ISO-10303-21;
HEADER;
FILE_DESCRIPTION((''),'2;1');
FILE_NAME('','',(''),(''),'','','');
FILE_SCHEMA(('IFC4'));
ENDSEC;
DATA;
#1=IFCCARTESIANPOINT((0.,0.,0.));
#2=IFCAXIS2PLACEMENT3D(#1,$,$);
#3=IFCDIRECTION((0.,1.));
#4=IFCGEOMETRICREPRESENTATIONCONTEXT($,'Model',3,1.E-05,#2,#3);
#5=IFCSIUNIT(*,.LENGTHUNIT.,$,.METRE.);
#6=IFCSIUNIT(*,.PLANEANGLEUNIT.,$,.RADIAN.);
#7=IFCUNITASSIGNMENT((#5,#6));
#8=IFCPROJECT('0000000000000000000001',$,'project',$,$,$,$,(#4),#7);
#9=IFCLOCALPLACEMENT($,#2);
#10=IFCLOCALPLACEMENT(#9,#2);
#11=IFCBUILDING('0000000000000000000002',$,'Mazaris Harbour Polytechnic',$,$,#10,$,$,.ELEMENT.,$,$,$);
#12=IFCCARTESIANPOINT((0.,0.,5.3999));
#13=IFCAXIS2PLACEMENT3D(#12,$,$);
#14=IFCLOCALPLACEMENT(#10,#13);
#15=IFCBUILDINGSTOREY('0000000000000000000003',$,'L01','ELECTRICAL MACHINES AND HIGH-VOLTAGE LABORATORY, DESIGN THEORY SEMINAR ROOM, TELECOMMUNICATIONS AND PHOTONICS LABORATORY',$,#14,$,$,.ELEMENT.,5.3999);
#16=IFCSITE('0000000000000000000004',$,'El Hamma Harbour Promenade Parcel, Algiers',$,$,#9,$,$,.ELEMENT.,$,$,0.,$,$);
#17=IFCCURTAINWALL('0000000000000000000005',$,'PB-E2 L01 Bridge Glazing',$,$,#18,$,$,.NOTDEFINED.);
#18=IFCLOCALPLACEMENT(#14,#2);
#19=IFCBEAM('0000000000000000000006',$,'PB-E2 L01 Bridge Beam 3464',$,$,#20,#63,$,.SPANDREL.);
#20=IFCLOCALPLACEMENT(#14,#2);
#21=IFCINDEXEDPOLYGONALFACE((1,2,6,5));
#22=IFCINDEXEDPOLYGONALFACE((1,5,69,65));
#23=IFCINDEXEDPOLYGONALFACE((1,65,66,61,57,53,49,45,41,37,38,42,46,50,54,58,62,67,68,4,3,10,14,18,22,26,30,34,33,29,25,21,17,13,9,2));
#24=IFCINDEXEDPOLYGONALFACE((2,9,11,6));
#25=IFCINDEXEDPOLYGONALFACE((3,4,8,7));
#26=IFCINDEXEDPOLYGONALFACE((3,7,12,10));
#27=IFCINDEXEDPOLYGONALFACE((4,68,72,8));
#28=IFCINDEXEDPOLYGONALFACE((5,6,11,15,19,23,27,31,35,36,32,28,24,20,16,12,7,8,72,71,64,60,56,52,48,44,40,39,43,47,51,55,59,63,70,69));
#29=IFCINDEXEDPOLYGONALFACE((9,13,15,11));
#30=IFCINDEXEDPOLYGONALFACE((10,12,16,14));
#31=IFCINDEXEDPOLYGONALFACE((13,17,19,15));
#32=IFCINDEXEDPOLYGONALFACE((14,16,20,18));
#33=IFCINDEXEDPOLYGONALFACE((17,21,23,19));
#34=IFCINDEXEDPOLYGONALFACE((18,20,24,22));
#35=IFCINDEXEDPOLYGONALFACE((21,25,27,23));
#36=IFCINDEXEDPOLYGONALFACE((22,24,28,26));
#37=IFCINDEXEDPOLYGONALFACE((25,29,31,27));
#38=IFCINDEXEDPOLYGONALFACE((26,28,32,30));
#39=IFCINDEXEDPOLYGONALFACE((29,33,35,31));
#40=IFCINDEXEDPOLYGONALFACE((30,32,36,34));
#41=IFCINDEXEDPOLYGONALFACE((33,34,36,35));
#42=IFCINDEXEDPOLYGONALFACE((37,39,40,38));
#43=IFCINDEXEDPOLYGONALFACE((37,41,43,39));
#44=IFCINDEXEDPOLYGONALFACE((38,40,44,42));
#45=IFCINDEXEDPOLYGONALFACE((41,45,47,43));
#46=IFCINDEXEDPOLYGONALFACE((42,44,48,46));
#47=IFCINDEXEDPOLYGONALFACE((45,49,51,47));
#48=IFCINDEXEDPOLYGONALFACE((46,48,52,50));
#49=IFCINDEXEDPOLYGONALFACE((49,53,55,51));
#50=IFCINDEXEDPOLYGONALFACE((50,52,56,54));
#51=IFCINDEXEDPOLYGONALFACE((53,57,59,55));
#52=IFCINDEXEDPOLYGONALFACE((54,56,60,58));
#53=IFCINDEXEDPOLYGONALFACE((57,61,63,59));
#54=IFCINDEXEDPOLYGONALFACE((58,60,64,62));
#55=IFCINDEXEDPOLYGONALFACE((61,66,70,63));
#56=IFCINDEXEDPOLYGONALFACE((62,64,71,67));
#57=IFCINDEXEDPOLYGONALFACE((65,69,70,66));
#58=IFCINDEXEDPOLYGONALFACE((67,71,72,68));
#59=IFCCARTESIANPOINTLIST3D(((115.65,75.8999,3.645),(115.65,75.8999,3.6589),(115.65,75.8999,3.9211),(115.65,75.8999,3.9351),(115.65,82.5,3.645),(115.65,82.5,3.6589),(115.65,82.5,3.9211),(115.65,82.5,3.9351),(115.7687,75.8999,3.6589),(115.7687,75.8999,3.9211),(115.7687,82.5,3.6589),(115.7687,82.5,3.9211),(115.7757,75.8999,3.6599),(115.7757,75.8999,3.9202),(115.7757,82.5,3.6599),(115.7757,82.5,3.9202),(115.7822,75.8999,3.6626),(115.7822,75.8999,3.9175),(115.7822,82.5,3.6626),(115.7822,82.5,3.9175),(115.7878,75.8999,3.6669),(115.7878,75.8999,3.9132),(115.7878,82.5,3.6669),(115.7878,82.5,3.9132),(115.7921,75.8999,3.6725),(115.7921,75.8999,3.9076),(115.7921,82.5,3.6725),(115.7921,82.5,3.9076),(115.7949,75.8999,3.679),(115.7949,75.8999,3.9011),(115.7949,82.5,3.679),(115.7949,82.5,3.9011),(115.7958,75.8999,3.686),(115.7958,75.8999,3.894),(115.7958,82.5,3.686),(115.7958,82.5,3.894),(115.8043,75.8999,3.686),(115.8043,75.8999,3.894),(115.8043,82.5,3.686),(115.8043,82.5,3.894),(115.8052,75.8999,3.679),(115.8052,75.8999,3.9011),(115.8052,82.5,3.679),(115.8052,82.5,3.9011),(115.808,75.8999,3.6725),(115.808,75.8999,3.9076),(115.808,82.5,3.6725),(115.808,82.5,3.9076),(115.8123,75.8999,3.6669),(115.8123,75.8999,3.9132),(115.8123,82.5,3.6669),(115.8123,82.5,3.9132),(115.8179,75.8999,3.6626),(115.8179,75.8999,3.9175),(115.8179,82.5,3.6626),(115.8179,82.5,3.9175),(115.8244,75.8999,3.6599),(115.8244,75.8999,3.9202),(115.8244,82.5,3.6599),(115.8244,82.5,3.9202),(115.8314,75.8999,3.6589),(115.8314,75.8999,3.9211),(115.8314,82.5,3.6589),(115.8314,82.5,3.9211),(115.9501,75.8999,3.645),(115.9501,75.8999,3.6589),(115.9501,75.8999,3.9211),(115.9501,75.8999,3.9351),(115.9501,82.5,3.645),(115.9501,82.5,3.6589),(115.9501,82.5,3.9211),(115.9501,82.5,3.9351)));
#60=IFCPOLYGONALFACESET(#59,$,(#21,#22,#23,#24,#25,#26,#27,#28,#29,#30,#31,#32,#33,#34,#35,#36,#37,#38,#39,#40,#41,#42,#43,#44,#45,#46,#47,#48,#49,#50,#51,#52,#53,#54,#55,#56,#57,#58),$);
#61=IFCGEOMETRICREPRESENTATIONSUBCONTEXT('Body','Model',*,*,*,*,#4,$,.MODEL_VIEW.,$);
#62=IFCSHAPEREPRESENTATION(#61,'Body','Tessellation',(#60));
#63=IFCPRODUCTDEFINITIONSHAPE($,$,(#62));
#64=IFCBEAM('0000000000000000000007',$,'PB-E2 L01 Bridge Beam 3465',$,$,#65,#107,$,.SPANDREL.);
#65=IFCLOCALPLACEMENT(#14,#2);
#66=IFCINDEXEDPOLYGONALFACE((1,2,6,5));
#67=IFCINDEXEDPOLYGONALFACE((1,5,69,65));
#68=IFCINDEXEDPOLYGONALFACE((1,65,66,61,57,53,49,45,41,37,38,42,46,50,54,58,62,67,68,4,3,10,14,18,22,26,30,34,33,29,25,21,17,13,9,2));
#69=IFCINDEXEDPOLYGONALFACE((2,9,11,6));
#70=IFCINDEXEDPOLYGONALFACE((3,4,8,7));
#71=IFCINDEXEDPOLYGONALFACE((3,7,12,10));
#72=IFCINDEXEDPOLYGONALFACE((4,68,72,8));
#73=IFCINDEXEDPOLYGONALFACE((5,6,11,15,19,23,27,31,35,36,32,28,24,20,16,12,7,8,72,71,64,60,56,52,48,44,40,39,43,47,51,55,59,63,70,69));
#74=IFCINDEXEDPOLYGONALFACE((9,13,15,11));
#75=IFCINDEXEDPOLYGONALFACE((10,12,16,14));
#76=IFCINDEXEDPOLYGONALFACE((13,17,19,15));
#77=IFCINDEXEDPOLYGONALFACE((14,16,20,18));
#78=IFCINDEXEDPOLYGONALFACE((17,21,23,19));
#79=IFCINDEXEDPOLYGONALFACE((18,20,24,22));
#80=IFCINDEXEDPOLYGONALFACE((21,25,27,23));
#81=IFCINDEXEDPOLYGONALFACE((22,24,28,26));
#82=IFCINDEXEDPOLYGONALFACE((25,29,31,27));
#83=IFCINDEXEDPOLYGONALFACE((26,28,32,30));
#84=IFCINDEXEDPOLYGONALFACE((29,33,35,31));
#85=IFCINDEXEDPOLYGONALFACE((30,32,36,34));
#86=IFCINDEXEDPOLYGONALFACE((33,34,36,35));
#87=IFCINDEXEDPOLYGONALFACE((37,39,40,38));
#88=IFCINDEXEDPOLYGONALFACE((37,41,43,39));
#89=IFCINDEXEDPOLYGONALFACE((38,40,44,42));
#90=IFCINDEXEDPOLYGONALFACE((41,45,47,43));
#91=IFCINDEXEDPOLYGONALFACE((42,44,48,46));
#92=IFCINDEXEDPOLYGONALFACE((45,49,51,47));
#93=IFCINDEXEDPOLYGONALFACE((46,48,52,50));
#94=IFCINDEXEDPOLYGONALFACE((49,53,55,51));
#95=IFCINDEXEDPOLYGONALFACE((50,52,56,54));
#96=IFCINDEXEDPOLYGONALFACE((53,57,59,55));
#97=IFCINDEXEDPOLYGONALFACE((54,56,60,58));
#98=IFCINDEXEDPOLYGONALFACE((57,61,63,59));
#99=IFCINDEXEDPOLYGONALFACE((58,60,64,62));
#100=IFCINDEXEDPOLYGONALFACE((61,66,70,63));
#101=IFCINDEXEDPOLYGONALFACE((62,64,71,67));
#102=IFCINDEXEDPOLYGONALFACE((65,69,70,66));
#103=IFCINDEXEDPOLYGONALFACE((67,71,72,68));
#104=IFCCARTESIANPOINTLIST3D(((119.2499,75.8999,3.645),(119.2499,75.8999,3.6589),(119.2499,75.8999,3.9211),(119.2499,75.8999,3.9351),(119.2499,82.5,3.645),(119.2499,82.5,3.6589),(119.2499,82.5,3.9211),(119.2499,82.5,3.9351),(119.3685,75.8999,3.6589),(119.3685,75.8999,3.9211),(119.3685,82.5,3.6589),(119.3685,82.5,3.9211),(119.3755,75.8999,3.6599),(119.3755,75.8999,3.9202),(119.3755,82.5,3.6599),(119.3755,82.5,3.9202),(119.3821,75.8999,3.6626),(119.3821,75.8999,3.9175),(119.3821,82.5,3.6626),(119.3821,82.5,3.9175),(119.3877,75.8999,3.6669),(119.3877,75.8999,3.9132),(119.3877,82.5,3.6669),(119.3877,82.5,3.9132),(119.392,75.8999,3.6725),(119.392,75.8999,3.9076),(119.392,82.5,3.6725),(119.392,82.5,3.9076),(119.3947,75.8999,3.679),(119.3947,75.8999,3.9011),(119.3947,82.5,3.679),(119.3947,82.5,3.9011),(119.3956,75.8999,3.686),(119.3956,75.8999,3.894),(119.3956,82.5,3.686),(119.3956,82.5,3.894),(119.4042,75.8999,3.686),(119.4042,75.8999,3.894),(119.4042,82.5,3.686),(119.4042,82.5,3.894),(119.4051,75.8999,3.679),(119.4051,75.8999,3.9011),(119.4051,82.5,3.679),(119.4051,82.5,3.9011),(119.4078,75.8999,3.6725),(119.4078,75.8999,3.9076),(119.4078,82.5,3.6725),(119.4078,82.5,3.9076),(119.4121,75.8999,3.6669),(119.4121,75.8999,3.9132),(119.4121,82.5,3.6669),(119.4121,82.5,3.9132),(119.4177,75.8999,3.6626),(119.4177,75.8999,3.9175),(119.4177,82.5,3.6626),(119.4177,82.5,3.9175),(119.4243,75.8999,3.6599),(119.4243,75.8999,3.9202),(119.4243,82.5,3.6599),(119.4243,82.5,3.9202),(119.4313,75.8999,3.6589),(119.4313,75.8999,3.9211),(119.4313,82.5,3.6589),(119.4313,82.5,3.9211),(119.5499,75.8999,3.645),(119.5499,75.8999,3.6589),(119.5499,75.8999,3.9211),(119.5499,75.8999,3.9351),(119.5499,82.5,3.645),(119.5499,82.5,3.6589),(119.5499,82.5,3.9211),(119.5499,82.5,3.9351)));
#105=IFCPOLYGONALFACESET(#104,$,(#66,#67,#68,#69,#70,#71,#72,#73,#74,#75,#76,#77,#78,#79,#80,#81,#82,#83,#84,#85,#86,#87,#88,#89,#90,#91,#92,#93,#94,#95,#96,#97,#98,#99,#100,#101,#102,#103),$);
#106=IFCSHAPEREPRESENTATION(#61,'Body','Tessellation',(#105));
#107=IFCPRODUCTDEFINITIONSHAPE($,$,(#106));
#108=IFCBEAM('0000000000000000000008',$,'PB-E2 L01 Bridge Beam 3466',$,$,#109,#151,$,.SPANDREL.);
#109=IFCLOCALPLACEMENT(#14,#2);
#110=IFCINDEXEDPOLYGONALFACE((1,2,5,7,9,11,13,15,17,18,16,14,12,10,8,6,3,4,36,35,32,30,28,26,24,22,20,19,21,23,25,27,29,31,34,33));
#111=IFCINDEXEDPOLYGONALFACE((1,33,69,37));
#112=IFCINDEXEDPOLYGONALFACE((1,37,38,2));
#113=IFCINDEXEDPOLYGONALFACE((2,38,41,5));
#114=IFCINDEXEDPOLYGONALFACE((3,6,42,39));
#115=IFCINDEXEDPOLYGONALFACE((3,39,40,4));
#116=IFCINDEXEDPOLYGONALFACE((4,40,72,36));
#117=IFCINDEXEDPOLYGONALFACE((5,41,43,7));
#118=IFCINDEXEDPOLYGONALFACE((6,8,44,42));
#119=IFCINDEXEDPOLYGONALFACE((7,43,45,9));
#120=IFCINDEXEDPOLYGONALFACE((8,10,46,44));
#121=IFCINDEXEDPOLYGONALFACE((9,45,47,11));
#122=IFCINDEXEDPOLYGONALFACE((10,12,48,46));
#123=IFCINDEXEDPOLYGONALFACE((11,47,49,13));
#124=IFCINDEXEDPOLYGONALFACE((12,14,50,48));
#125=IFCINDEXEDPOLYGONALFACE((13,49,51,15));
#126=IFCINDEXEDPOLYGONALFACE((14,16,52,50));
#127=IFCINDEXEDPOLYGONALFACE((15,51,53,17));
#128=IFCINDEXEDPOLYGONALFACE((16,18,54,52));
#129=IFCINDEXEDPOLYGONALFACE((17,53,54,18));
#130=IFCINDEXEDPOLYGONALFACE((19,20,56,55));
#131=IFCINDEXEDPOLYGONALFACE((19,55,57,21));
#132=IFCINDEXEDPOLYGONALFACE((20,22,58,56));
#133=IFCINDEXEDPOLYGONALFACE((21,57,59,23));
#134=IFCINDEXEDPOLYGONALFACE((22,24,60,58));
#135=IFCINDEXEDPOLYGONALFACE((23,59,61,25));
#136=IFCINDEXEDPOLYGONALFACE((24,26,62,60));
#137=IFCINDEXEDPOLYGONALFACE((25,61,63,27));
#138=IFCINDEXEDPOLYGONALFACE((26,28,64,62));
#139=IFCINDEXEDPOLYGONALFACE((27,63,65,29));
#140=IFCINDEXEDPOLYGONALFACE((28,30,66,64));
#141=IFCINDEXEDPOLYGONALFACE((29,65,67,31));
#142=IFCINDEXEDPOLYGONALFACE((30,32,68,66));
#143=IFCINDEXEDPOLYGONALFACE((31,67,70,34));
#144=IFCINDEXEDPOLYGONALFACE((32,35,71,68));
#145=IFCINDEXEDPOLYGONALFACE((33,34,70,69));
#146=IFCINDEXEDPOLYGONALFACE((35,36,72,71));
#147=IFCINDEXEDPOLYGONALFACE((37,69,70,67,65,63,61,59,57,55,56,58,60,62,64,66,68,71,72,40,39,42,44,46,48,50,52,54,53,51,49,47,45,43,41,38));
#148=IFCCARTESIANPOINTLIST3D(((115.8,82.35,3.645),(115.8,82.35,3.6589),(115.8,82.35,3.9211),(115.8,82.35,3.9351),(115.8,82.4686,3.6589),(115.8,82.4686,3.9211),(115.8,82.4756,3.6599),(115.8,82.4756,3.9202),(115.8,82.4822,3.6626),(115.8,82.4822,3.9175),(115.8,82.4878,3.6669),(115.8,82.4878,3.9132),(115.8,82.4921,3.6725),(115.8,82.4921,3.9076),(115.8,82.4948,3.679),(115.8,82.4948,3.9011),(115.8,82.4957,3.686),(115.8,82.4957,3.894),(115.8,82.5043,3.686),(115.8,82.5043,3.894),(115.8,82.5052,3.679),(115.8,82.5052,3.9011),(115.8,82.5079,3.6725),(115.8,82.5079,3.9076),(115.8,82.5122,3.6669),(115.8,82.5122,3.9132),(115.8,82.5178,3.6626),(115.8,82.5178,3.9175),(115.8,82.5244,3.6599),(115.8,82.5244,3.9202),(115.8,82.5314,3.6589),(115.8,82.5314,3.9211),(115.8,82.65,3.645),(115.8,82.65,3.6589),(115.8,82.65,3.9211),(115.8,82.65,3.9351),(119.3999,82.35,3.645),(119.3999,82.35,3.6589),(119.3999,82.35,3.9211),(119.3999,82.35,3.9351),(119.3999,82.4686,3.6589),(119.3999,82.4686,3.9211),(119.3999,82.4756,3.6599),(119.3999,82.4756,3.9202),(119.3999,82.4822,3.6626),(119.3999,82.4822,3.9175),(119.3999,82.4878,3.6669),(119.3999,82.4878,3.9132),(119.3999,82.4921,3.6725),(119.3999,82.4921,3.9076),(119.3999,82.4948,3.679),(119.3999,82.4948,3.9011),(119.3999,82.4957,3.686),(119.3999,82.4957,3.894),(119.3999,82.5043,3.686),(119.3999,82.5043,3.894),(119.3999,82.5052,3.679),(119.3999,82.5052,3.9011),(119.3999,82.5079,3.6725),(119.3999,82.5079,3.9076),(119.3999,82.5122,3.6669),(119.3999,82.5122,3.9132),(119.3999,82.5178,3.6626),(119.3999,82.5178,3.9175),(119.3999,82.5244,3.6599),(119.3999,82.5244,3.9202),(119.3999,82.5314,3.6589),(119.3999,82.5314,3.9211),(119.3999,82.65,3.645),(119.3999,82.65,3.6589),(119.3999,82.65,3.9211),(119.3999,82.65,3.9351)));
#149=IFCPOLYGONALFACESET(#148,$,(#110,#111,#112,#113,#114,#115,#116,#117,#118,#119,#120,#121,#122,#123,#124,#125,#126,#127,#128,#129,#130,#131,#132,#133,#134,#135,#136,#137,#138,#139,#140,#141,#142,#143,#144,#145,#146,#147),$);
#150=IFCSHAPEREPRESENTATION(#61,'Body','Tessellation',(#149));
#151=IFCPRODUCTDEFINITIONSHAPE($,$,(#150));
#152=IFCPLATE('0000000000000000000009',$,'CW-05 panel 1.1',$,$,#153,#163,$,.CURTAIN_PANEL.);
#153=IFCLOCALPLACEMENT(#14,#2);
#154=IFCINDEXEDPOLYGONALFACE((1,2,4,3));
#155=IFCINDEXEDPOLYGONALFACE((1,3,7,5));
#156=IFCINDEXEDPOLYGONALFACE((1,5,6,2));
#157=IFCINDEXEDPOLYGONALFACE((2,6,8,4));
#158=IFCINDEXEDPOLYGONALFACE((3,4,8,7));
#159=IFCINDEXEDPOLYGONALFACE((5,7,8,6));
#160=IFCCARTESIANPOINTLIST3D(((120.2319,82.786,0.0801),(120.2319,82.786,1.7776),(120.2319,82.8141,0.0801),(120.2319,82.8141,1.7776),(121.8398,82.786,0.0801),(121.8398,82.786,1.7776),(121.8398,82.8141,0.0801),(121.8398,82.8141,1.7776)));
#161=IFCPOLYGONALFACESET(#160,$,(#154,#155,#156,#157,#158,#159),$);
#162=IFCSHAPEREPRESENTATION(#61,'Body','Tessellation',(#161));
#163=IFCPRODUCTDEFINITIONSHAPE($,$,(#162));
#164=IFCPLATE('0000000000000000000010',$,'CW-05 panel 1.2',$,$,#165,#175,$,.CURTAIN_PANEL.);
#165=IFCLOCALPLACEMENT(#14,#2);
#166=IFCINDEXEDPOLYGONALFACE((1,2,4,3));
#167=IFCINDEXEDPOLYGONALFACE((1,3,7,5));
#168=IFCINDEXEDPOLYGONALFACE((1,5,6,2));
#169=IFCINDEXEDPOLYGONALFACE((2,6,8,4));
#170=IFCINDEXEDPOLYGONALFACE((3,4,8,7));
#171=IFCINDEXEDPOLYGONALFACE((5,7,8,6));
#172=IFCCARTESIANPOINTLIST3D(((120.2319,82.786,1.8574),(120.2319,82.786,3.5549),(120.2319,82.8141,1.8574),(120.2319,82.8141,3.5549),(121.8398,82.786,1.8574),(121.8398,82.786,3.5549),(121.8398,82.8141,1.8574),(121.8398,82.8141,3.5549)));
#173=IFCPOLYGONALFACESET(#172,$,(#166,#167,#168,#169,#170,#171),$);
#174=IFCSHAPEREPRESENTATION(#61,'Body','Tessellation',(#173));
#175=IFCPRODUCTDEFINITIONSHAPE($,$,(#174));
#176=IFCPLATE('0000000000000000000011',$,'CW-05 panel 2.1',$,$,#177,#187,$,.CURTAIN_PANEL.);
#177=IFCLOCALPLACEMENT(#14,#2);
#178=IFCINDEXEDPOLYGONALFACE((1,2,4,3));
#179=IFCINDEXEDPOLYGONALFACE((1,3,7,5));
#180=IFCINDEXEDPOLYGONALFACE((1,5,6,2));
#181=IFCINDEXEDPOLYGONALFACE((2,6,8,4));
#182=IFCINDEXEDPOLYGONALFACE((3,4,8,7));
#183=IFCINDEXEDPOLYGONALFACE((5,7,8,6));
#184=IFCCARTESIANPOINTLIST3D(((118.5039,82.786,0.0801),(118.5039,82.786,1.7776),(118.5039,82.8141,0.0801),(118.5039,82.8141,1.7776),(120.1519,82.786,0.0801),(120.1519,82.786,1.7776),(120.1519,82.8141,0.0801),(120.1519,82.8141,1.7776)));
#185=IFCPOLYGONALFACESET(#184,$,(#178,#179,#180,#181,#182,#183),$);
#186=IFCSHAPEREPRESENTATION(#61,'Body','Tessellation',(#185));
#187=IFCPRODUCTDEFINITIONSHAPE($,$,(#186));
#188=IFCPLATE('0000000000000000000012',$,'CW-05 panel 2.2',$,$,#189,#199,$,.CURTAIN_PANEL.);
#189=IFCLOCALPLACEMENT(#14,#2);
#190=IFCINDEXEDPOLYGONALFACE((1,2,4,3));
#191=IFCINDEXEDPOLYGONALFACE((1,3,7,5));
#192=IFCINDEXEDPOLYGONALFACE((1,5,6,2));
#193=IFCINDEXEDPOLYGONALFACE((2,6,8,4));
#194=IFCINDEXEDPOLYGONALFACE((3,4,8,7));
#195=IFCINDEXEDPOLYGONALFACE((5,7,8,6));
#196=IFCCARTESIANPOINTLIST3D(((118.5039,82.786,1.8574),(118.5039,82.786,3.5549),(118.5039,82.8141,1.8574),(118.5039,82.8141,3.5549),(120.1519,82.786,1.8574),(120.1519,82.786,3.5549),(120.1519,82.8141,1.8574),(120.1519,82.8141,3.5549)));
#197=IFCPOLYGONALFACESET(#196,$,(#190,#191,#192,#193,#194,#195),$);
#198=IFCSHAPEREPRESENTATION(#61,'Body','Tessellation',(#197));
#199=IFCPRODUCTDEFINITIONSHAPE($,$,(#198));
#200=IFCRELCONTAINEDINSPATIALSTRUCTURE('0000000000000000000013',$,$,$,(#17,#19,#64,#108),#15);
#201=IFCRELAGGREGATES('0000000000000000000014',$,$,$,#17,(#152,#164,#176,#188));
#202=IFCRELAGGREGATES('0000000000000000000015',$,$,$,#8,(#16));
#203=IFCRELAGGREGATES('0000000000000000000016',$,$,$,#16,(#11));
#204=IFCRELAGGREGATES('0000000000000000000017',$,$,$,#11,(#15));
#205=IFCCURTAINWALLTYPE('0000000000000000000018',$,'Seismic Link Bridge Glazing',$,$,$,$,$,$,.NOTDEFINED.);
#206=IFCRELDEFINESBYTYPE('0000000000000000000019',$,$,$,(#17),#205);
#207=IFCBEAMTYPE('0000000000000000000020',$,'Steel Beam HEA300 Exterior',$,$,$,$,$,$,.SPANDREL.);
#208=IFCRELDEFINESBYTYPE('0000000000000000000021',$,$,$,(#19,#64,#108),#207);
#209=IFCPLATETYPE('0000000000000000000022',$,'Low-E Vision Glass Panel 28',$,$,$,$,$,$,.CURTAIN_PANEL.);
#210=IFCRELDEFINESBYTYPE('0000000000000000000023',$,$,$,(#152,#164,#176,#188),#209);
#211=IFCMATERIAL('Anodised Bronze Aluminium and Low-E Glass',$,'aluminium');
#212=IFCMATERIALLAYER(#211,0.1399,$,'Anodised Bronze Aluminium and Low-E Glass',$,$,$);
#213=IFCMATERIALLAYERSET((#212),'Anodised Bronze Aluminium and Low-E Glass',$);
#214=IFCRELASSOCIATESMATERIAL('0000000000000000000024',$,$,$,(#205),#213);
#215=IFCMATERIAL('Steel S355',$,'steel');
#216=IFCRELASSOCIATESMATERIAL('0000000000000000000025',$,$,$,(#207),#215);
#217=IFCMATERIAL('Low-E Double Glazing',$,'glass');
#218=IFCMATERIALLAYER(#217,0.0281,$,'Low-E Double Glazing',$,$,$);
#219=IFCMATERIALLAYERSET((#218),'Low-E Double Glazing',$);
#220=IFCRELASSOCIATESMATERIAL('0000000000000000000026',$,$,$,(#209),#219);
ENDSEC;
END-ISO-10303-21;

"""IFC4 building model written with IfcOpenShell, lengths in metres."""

from ifc_helpers import new_model, si_unit, direction, frame, origin, origin_2d, place, context, subcontext, project, spatial, rectangle, i_section, extrude, material, layer, layer_set, material_profile, profile_set, type_object, element, aggregate, save


model = new_model("IFC4")

# Units and contexts
model_context = context("Model", 3, precision=1e-05, world=origin(), true_north=direction((0.0, 1.0)))
body_context = subcontext(model_context, "Body", "Model", "MODEL_VIEW")
ifc_project = project(units=[si_unit("LENGTHUNIT", "METRE"), si_unit("PLANEANGLEUNIT", "RADIAN")], contexts=[model_context])

# Site, building, storey
site_placement = place(None, origin())
site = spatial("IfcSite", under=ifc_project, at=site_placement, Name="El Hamma Harbour Promenade Parcel, Algiers", CompositionType="ELEMENT", RefElevation=0.0)
building_placement = place(site_placement, origin())
building = spatial("IfcBuilding", under=site, at=building_placement, Name="Mazaris Harbour Polytechnic", CompositionType="ELEMENT")
storey_placement = place(building_placement, frame((0.0, 0.0, 5.3999)))
storey = spatial("IfcBuildingStorey", under=building, at=storey_placement, Name="L01", Description="ELECTRICAL MACHINES AND HIGH-VOLTAGE LABORATORY, DESIGN THEORY SEMINAR ROOM, TELECOMMUNICATIONS AND PHOTONICS LABORATORY", CompositionType="ELEMENT", Elevation=5.3999)

# Curtain wall
ifc_material_1 = material(Name="Anodised Bronze Aluminium and Low-E Glass", Category="aluminium")
ifc_layer_1 = layer(ifc_material_1, 0.1399, Name="Anodised Bronze Aluminium and Low-E Glass")
ifc_layer_set_1 = layer_set([ifc_layer_1], Name="Anodised Bronze Aluminium and Low-E Glass")
curtain_wall_type = type_object("IfcCurtainWallType", Name="Seismic Link Bridge Glazing", PredefinedType="NOTDEFINED", material=ifc_layer_set_1)
curtain_wall_placement = place(storey_placement, origin())
curtain_wall = element("IfcCurtainWall", 1, at=curtain_wall_placement, inside=storey, type_object=curtain_wall_type, Name="PB-E2 L01 Bridge Glazing", PredefinedType="NOTDEFINED")

# Beams
ifc_material_2 = material(Name="Steel S355", Category="steel")
ifc_material_profile_1 = material_profile(ifc_material_2, i_section(OverallWidth=0.3, OverallDepth=0.29, WebThickness=0.0085, FlangeThickness=0.0139, FilletRadius=0.0271, at=origin_2d()), Name="HEA 300")
ifc_profile_set_1 = profile_set([ifc_material_profile_1], Name="Steel S355")
beam_type = type_object("IfcBeamType", Name="Steel Beam HEA300 Exterior", PredefinedType="SPANDREL", material=ifc_profile_set_1)
for number, where, z_axis, x_axis, name in (
    (2, (115.8, 75.8999, 3.79), (0.0, 1.0, 0.0), (-1.0, 0.0, 0.0), "PB-E2 L01 Bridge Beam 3464"),
    (3, (119.3999, 75.8999, 3.79), (0.0, 1.0, 0.0), (-1.0, 0.0, 0.0), "PB-E2 L01 Bridge Beam 3465"),
):
    element("IfcBeam", number, at=place(storey_placement, frame(where, z_axis=z_axis, x_axis=x_axis)), inside=storey, type_object=beam_type, Name=name, PredefinedType="SPANDREL", context=body_context, shape_type="SweptSolid", body=[
        extrude(i_section(OverallWidth=0.3, OverallDepth=0.29, WebThickness=0.0085, FlangeThickness=0.0139, FilletRadius=0.0271, at=origin_2d()), origin(), (0.0, 0.0, 1.0), 6.6001),
    ])
beam_1_placement = place(storey_placement, frame((115.8, 82.5, 3.79), z_axis=(1.0, 0.0, 0.0), x_axis=(0.0, 1.0, 0.0)))
element("IfcBeam", 4, at=beam_1_placement, inside=storey, type_object=beam_type, Name="PB-E2 L01 Bridge Beam 3466", PredefinedType="SPANDREL", context=body_context, shape_type="SweptSolid", body=[
    extrude(i_section(OverallWidth=0.3, OverallDepth=0.29, WebThickness=0.0085, FlangeThickness=0.0139, FilletRadius=0.0271, at=origin_2d()), origin(), (0.0, 0.0, 1.0), 3.5999),
])

# Plates
ifc_material_3 = material(Name="Low-E Double Glazing", Category="glass")
ifc_layer_2 = layer(ifc_material_3, 0.0281, Name="Low-E Double Glazing")
ifc_layer_set_2 = layer_set([ifc_layer_2], Name="Low-E Double Glazing")
plate_type = type_object("IfcPlateType", Name="Low-E Vision Glass Panel 28", PredefinedType="CURTAIN_PANEL", material=ifc_layer_set_2)
plate_1_placement = place(storey_placement, frame((121.0359, 82.8, 0.0801), z_axis=(0.0, 0.0, 1.0), x_axis=(-1.0, 0.0, 0.0)))
plate_1 = element("IfcPlate", 5, at=plate_1_placement, type_object=plate_type, Name="CW-05 panel 1.1", PredefinedType="CURTAIN_PANEL", context=body_context, shape_type="SweptSolid", body=[
    extrude(rectangle(XDim=1.6079, YDim=0.0281, at=origin_2d()), origin(), (0.0, 0.0, 1.0), 1.6975),
])
plate_2_placement = place(storey_placement, frame((121.0359, 82.8, 1.8574), z_axis=(0.0, 0.0, 1.0), x_axis=(-1.0, 0.0, 0.0)))
plate_2 = element("IfcPlate", 6, at=plate_2_placement, type_object=plate_type, Name="CW-05 panel 1.2", PredefinedType="CURTAIN_PANEL", context=body_context, shape_type="SweptSolid", body=[
    extrude(rectangle(XDim=1.6079, YDim=0.0281, at=origin_2d()), origin(), (0.0, 0.0, 1.0), 1.6975),
])
plate_3_placement = place(storey_placement, frame((119.3279, 82.8, 0.0801), z_axis=(0.0, 0.0, 1.0), x_axis=(-1.0, 0.0, 0.0)))
plate_3 = element("IfcPlate", 7, at=plate_3_placement, type_object=plate_type, Name="CW-05 panel 2.1", PredefinedType="CURTAIN_PANEL", context=body_context, shape_type="SweptSolid", body=[
    extrude(rectangle(XDim=1.6479, YDim=0.0281, at=origin_2d()), origin(), (0.0, 0.0, 1.0), 1.6975),
])
plate_4_placement = place(storey_placement, frame((119.3279, 82.8, 1.8574), z_axis=(0.0, 0.0, 1.0), x_axis=(-1.0, 0.0, 0.0)))
plate_4 = element("IfcPlate", 8, at=plate_4_placement, type_object=plate_type, Name="CW-05 panel 2.2", PredefinedType="CURTAIN_PANEL", context=body_context, shape_type="SweptSolid", body=[
    extrude(rectangle(XDim=1.6479, YDim=0.0281, at=origin_2d()), origin(), (0.0, 0.0, 1.0), 1.6975),
])
aggregate(curtain_wall, [plate_1, plate_2, plate_3, plate_4])

save(model, "model.ifc")
